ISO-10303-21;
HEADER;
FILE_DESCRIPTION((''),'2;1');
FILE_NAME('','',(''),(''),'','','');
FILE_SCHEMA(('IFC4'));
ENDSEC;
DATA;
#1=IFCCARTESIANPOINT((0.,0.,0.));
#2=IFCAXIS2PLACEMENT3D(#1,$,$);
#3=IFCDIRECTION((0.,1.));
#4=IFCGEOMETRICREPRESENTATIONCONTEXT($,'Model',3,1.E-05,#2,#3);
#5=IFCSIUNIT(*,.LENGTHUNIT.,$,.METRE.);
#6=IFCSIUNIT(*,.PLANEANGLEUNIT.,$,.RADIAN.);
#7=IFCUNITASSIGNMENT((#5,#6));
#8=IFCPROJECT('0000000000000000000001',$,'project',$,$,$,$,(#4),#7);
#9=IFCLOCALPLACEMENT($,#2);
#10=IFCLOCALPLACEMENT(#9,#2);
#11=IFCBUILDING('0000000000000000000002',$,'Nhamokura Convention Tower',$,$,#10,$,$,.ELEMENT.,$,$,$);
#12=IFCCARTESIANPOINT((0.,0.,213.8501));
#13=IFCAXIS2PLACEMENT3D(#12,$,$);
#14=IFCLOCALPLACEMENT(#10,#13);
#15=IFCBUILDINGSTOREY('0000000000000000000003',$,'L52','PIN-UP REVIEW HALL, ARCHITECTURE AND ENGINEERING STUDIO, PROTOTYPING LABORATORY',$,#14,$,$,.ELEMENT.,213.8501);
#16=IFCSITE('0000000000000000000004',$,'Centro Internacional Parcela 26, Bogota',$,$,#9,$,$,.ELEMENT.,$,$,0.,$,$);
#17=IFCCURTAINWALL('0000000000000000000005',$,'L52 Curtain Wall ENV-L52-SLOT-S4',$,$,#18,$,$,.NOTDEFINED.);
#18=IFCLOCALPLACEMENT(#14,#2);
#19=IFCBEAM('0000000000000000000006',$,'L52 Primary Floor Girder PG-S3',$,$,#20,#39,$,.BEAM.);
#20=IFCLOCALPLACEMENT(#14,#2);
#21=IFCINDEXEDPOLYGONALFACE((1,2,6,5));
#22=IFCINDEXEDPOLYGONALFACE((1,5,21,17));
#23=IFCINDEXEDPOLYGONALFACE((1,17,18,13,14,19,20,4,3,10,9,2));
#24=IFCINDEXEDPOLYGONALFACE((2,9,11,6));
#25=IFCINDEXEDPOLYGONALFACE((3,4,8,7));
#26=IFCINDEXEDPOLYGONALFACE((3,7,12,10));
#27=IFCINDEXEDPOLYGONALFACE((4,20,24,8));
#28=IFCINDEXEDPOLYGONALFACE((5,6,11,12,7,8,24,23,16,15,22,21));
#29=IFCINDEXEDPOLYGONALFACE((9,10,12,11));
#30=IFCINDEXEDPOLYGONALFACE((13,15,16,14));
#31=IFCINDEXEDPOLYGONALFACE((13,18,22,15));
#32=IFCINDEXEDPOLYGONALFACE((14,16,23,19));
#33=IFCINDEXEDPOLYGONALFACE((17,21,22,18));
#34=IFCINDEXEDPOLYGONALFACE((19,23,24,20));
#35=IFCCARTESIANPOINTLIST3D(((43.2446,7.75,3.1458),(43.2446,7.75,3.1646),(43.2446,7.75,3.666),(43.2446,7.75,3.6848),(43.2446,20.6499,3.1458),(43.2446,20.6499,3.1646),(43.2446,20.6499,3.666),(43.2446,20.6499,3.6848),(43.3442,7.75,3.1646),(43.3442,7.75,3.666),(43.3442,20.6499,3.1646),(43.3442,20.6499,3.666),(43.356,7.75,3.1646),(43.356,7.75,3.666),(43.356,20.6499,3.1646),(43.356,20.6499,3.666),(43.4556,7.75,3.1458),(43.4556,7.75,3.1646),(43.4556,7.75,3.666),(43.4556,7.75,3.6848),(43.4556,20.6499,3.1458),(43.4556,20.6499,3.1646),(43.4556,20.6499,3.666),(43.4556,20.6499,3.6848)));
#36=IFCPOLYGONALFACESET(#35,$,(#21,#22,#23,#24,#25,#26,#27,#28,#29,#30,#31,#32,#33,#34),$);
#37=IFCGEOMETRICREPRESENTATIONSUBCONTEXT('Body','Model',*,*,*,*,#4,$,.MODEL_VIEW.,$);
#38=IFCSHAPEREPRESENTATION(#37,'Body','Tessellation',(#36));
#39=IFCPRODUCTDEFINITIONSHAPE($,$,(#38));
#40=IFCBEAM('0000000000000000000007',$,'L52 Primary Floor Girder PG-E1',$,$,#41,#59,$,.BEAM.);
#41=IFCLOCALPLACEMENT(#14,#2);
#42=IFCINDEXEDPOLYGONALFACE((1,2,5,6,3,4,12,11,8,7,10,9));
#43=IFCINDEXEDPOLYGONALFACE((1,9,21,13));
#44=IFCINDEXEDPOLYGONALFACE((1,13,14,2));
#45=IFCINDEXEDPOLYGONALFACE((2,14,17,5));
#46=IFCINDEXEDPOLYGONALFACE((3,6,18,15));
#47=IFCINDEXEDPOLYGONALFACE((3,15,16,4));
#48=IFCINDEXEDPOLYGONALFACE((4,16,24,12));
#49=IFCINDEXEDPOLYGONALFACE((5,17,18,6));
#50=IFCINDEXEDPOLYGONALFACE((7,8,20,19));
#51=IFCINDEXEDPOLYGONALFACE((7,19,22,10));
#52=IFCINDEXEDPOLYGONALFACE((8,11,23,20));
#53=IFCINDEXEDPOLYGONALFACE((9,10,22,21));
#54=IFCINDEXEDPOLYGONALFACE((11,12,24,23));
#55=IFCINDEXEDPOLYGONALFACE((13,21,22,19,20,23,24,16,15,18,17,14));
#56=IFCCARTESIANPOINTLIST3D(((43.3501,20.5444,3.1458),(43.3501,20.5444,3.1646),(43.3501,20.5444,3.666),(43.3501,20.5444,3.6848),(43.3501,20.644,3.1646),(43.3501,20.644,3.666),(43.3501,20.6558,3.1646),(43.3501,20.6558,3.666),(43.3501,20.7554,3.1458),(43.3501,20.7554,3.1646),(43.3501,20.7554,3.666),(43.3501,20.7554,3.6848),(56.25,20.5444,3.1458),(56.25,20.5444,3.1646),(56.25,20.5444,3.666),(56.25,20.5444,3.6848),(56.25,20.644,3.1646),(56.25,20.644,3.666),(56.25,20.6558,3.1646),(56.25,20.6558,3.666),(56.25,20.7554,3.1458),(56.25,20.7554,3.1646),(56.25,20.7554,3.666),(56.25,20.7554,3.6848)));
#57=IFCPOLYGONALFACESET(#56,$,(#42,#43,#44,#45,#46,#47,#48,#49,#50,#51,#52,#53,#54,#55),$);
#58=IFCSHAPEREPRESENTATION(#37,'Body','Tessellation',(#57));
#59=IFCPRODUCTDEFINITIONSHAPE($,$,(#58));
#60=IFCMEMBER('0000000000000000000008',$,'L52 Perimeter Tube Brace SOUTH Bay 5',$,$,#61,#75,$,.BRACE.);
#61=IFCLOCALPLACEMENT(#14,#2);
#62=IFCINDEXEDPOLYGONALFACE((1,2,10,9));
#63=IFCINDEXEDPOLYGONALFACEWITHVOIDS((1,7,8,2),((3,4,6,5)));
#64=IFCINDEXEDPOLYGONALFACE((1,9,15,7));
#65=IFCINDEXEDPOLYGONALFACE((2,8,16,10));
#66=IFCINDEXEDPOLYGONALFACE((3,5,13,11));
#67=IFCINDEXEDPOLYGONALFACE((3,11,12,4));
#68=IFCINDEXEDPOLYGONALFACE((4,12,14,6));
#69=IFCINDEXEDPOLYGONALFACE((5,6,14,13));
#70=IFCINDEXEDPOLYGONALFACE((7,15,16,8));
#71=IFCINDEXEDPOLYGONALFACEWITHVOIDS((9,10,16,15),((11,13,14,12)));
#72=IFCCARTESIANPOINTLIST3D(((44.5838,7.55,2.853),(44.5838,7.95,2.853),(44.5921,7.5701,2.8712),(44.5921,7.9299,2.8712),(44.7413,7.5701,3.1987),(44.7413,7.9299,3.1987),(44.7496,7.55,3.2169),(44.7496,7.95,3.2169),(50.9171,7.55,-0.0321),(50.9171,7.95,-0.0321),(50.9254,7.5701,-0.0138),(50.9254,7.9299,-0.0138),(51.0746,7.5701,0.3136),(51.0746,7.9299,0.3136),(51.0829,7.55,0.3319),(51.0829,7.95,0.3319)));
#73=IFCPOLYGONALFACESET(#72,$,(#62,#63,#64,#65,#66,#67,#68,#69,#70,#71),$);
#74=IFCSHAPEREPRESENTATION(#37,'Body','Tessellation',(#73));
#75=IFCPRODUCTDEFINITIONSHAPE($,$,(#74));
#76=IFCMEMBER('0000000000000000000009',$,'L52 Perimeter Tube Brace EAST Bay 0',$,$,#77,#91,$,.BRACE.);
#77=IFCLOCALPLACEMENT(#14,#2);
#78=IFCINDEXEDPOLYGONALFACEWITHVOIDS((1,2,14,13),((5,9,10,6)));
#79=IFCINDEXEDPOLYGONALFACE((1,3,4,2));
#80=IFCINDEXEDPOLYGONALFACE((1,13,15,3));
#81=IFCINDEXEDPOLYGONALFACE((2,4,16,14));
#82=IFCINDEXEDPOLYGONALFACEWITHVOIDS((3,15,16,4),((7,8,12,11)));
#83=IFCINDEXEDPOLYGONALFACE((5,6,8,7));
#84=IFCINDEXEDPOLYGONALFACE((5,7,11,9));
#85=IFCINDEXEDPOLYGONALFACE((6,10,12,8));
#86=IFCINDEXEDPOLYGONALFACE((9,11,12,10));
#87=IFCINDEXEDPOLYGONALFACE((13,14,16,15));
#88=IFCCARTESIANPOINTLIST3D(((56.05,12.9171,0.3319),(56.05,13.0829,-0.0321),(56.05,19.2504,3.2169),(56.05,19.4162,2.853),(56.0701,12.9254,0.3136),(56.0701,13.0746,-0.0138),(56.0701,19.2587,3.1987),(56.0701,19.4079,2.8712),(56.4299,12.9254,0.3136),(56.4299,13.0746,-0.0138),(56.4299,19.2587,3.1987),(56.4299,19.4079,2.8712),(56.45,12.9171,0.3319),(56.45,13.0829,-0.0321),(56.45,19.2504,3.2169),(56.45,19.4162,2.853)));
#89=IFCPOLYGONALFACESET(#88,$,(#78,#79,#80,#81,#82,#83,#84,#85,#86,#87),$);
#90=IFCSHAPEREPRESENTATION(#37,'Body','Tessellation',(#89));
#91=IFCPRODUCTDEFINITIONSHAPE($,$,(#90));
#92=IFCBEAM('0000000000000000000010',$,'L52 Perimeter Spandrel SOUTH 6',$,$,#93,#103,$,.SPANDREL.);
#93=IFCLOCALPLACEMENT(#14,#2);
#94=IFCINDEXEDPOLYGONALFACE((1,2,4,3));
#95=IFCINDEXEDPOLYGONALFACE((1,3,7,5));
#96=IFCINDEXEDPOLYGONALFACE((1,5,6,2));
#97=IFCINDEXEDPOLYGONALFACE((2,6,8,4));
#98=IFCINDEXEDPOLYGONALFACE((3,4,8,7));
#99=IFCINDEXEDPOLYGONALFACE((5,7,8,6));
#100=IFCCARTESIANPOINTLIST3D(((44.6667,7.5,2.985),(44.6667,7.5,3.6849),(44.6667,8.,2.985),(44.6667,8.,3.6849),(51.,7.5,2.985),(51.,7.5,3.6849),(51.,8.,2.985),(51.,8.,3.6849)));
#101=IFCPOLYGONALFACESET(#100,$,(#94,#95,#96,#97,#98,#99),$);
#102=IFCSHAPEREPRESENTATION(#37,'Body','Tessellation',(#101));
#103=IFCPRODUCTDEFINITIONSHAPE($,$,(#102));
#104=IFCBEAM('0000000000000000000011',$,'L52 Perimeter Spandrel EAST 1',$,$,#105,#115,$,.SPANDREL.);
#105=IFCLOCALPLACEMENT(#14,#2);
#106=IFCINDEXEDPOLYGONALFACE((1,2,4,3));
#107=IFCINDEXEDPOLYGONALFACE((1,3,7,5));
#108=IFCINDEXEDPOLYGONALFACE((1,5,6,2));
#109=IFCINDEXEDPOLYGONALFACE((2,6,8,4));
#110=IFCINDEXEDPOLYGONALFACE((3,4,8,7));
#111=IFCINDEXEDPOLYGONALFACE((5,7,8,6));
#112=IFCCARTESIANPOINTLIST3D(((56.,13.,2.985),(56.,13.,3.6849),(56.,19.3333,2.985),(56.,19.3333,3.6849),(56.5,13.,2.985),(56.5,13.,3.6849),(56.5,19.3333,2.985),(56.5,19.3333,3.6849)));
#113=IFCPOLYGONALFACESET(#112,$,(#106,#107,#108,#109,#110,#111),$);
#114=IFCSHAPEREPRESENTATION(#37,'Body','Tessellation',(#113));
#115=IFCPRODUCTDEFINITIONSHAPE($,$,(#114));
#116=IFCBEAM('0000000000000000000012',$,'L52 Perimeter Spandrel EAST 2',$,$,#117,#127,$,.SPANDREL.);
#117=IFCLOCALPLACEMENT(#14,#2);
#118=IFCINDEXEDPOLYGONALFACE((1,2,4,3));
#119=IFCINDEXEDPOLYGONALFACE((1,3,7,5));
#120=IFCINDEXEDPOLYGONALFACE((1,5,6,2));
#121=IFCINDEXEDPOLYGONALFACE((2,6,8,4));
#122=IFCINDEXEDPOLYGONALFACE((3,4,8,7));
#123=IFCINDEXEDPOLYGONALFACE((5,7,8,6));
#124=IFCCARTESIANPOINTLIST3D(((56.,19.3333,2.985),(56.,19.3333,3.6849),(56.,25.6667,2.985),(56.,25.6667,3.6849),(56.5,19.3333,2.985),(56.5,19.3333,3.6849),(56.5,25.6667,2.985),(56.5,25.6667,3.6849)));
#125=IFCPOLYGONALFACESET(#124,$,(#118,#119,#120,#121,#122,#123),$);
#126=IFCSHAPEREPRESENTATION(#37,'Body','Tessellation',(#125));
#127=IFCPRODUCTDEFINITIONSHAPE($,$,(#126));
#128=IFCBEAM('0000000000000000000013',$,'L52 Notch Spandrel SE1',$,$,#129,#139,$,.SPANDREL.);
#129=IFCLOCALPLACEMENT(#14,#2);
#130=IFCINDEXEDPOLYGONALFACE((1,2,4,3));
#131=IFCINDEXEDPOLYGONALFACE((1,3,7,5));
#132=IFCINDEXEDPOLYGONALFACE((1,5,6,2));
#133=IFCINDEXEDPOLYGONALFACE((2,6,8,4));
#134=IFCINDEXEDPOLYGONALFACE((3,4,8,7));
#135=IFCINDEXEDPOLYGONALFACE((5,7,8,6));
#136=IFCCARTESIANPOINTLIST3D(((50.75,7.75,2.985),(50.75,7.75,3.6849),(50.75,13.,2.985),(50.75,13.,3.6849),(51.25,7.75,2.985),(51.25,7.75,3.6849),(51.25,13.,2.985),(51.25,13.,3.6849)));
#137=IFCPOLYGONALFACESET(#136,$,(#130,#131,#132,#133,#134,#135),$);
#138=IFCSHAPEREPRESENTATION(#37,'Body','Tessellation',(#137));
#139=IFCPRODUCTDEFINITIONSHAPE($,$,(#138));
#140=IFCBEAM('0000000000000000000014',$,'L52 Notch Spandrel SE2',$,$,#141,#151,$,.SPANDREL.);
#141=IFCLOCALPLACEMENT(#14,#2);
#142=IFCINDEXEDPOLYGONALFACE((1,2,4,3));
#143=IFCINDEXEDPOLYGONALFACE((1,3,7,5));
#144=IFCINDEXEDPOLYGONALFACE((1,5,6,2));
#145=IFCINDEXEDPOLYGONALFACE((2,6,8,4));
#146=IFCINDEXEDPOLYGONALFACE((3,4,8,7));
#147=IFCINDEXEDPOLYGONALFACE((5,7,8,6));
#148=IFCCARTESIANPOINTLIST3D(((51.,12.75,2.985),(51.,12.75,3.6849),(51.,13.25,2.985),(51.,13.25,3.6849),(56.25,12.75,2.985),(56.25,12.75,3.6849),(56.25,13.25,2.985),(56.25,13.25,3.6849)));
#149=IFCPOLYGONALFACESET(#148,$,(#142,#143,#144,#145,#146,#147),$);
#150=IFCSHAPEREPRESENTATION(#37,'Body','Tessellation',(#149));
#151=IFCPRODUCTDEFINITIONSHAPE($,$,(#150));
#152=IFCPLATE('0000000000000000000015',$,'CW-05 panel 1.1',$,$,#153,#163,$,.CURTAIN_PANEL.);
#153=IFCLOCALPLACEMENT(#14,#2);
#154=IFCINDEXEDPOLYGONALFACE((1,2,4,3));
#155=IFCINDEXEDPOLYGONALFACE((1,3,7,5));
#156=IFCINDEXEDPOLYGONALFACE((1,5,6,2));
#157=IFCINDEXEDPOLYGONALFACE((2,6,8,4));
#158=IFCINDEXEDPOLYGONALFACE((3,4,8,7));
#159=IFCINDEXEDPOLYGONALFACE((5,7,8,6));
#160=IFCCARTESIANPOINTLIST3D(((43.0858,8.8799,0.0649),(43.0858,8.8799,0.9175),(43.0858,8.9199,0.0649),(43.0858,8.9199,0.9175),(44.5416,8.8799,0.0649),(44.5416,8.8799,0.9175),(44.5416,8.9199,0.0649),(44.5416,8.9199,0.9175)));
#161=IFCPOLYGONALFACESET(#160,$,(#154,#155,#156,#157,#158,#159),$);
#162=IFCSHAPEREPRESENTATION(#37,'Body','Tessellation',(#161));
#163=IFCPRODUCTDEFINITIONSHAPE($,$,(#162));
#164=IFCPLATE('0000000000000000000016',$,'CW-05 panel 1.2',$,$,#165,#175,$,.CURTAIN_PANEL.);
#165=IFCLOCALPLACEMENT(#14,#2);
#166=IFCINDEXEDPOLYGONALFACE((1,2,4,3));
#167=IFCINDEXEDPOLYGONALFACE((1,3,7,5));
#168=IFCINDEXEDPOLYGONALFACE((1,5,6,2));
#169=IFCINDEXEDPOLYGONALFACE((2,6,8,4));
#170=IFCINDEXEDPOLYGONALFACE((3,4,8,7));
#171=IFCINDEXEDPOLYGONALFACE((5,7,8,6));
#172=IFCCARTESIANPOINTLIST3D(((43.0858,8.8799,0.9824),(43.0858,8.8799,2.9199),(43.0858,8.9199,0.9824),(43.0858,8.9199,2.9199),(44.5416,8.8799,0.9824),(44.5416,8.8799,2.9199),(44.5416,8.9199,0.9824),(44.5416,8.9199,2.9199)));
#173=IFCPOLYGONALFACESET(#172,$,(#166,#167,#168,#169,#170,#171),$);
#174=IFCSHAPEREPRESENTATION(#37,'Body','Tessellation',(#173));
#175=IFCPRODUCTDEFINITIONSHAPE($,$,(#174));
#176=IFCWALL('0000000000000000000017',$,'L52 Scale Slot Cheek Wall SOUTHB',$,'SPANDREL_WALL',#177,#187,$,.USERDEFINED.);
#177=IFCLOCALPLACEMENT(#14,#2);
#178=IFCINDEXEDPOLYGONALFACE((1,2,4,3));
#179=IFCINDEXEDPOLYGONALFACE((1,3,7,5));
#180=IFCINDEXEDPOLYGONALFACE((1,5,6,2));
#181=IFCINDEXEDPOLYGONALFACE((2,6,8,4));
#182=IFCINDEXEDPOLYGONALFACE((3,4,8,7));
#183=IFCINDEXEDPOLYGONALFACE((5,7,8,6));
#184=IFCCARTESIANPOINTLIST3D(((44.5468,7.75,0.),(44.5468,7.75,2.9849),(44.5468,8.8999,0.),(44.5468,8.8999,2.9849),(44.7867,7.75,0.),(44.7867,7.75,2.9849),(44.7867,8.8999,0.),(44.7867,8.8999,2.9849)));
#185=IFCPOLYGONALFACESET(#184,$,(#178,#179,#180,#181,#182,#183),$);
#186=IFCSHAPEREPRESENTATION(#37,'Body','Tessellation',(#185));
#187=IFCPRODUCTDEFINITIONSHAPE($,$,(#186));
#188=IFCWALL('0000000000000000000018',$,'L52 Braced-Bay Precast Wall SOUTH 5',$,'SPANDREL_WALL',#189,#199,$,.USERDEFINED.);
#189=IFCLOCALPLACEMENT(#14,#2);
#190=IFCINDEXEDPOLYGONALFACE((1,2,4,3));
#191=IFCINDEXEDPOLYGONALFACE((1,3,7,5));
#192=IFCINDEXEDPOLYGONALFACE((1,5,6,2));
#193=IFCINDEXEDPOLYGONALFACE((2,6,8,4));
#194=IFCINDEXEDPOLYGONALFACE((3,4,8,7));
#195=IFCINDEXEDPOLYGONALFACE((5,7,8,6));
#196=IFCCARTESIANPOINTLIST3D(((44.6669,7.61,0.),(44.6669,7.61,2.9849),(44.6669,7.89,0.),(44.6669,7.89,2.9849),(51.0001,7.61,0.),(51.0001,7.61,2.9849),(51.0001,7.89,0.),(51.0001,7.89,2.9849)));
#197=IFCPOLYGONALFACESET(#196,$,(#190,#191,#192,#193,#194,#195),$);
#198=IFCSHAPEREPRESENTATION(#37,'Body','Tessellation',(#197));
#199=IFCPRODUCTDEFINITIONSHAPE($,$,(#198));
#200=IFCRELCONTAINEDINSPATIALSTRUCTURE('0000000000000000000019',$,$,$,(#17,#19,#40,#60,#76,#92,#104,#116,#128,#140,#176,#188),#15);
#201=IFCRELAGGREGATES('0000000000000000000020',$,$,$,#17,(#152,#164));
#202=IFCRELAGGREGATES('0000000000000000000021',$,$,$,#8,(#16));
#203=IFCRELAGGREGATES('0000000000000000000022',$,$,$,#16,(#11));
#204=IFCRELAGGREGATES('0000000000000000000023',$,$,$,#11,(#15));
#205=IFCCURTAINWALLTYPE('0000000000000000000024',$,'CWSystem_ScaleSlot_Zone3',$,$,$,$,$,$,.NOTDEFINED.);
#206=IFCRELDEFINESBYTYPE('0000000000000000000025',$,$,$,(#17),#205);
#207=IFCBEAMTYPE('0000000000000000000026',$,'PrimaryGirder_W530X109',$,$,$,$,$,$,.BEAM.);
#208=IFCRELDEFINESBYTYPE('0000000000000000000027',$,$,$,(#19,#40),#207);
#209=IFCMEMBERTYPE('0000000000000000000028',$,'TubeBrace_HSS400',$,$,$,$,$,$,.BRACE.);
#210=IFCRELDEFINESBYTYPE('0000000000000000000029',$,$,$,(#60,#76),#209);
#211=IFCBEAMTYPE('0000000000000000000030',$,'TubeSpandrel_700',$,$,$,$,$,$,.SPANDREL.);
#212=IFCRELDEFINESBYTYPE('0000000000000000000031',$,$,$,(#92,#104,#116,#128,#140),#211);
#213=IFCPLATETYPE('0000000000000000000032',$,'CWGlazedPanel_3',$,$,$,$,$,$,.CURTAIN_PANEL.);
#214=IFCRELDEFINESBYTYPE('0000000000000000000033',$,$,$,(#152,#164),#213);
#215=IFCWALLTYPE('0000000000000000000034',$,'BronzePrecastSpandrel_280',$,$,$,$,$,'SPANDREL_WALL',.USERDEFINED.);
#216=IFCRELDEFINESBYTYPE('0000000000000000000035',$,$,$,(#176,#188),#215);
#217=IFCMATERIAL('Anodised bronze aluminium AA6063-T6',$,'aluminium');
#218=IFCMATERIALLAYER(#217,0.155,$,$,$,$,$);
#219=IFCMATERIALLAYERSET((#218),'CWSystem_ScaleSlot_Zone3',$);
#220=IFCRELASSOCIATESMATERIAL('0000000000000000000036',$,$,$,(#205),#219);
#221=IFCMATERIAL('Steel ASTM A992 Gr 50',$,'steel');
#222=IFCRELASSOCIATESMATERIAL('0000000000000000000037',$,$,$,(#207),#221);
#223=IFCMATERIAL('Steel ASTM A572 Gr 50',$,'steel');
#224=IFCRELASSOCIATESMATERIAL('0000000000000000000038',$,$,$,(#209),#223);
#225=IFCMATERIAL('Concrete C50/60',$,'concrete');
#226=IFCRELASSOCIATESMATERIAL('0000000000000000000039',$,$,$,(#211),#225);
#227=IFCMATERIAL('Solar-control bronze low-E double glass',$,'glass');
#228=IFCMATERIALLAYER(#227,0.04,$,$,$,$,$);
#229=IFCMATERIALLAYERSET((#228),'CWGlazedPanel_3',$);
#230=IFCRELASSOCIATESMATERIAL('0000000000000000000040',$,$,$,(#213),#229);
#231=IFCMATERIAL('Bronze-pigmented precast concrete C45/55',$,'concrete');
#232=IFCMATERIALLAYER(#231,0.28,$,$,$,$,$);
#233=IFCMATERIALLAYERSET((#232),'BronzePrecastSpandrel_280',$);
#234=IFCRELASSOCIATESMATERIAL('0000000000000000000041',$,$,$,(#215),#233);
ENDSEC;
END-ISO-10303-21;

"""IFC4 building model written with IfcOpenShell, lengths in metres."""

from ifc_helpers import new_model, si_unit, direction, frame, frame_2d, origin, origin_2d, place, context, subcontext, project, spatial, rectangle, hollow_rectangle, i_section, extrude, material, layer, layer_set, material_profile, profile_set, type_object, element, aggregate, save


model = new_model("IFC4")

# Units and contexts
model_context = context("Model", 3, precision=1e-05, world=origin(), true_north=direction((0.0, 1.0)))
body_context = subcontext(model_context, "Body", "Model", "MODEL_VIEW")
ifc_project = project(units=[si_unit("LENGTHUNIT", "METRE"), si_unit("PLANEANGLEUNIT", "RADIAN")], contexts=[model_context])

# Site, building, storey
site_placement = place(None, origin())
site = spatial("IfcSite", under=ifc_project, at=site_placement, Name="Centro Internacional Parcela 26, Bogota", CompositionType="ELEMENT", RefElevation=0.0)
building_placement = place(site_placement, origin())
building = spatial("IfcBuilding", under=site, at=building_placement, Name="Nhamokura Convention Tower", CompositionType="ELEMENT")
storey_placement = place(building_placement, frame((0.0, 0.0, 213.8501)))
storey = spatial("IfcBuildingStorey", under=building, at=storey_placement, Name="L52", Description="PIN-UP REVIEW HALL, ARCHITECTURE AND ENGINEERING STUDIO, PROTOTYPING LABORATORY", CompositionType="ELEMENT", Elevation=213.8501)

# Curtain wall
ifc_material_1 = material(Name="Anodised bronze aluminium AA6063-T6", Category="aluminium")
ifc_layer_1 = layer(ifc_material_1, 0.155)
ifc_layer_set_1 = layer_set([ifc_layer_1], Name="CWSystem_ScaleSlot_Zone3")
curtain_wall_type = type_object("IfcCurtainWallType", Name="CWSystem_ScaleSlot_Zone3", PredefinedType="NOTDEFINED", material=ifc_layer_set_1)
curtain_wall_placement = place(storey_placement, origin())
curtain_wall = element("IfcCurtainWall", 1, at=curtain_wall_placement, inside=storey, type_object=curtain_wall_type, Name="L52 Curtain Wall ENV-L52-SLOT-S4", PredefinedType="NOTDEFINED")

# Beams
ifc_material_2 = material(Name="Steel ASTM A992 Gr 50", Category="steel")
ifc_material_profile_1 = material_profile(ifc_material_2, i_section(OverallWidth=0.2109, OverallDepth=0.5391, WebThickness=0.0117, FlangeThickness=0.0188, at=origin_2d()))
ifc_profile_set_1 = profile_set([ifc_material_profile_1], Name="Steel ASTM A992 Gr 50")
beam_type_1 = type_object("IfcBeamType", Name="PrimaryGirder_W530X109", PredefinedType="BEAM", material=ifc_profile_set_1)
for number, where, z_axis, x_axis, name in (
    (2, (43.3501, 7.75, 3.4153), (0.0, 1.0, 0.0), (-1.0, 0.0, 0.0), "L52 Primary Floor Girder PG-S3"),
    (3, (43.3501, 20.6499, 3.4153), (1.0, 0.0, 0.0), (0.0, 1.0, 0.0), "L52 Primary Floor Girder PG-E1"),
):
    element("IfcBeam", number, at=place(storey_placement, frame(where, z_axis=z_axis, x_axis=x_axis)), inside=storey, type_object=beam_type_1, Name=name, PredefinedType="BEAM", context=body_context, shape_type="SweptSolid", body=[
        extrude(i_section(OverallWidth=0.2109, OverallDepth=0.5391, WebThickness=0.0117, FlangeThickness=0.0188, at=origin_2d()), origin(), (0.0, 0.0, 1.0), 12.8999),
    ])

# Members
ifc_material_3 = material(Name="Steel ASTM A572 Gr 50", Category="steel")
ifc_material_profile_2 = material_profile(ifc_material_3, hollow_rectangle(XDim=0.3999, YDim=0.3999, WallThickness=0.02, at=origin_2d()))
ifc_profile_set_2 = profile_set([ifc_material_profile_2], Name="Steel ASTM A572 Gr 50")
member_type_1 = type_object("IfcMemberType", Name="TubeBrace_HSS400", PredefinedType="BRACE", material=ifc_profile_set_2)
for number, where, z_axis, x_axis, name in (
    (4, (51.0, 7.75, 0.1499), (-0.910027, 0.0, 0.414548), (0.0, -1.0, 0.0), "L52 Perimeter Tube Brace SOUTH Bay 5"),
    (5, (56.25, 13.0, 0.1499), (0.0, 0.910027, 0.414548), (-1.0, 0.0, 0.0), "L52 Perimeter Tube Brace EAST Bay 0"),
):
    element("IfcMember", number, at=place(storey_placement, frame(where, z_axis=z_axis, x_axis=x_axis)), inside=storey, type_object=member_type_1, Name=name, PredefinedType="BRACE", context=body_context, shape_type="SweptSolid", body=[
        extrude(hollow_rectangle(XDim=0.3999, YDim=0.3999, WallThickness=0.02, at=origin_2d()), origin(), (0.0, 0.0, 1.0), 6.9595),
    ])

# Beams
ifc_material_4 = material(Name="Concrete C50/60", Category="concrete")
ifc_material_profile_3 = material_profile(ifc_material_4, rectangle(XDim=0.5, YDim=0.7, at=origin_2d()))
ifc_profile_set_3 = profile_set([ifc_material_profile_3], Name="Concrete C50/60")
beam_type_2 = type_object("IfcBeamType", Name="TubeSpandrel_700", PredefinedType="SPANDREL", material=ifc_profile_set_3)
for number, where, z_axis, x_axis, name in (
    (6, (44.6667, 7.75, 3.335), (1.0, 0.0, 0.0), (0.0, 1.0, 0.0), "L52 Perimeter Spandrel SOUTH 6"),
    (7, (56.25, 13.0, 3.335), (0.0, 1.0, 0.0), (-1.0, 0.0, 0.0), "L52 Perimeter Spandrel EAST 1"),
):
    element("IfcBeam", number, at=place(storey_placement, frame(where, z_axis=z_axis, x_axis=x_axis)), inside=storey, type_object=beam_type_2, Name=name, PredefinedType="SPANDREL", context=body_context, shape_type="SweptSolid", body=[
        extrude(rectangle(XDim=0.5, YDim=0.7, at=origin_2d()), origin(), (0.0, 0.0, 1.0), 6.3333),
    ])
beam_placement = place(storey_placement, frame((56.25, 19.3333, 3.335), z_axis=(0.0, 1.0, 0.0), x_axis=(-1.0, 0.0, 0.0)))
element("IfcBeam", 8, at=beam_placement, inside=storey, type_object=beam_type_2, Name="L52 Perimeter Spandrel EAST 2", PredefinedType="SPANDREL", context=body_context, shape_type="SweptSolid", body=[
    extrude(rectangle(XDim=0.5, YDim=0.7, at=origin_2d()), origin(), (0.0, 0.0, 1.0), 6.3335),
])
for number, where, z_axis, x_axis, name in (
    (9, (51.0, 7.75, 3.335), (0.0, 1.0, 0.0), (-1.0, 0.0, 0.0), "L52 Notch Spandrel SE1"),
    (10, (51.0, 13.0, 3.335), (1.0, 0.0, 0.0), (0.0, 1.0, 0.0), "L52 Notch Spandrel SE2"),
):
    element("IfcBeam", number, at=place(storey_placement, frame(where, z_axis=z_axis, x_axis=x_axis)), inside=storey, type_object=beam_type_2, Name=name, PredefinedType="SPANDREL", context=body_context, shape_type="SweptSolid", body=[
        extrude(rectangle(XDim=0.5, YDim=0.7, at=origin_2d()), origin(), (0.0, 0.0, 1.0), 5.25),
    ])

# Plates
ifc_material_5 = material(Name="Solar-control bronze low-E double glass", Category="glass")
ifc_layer_2 = layer(ifc_material_5, 0.04)
ifc_layer_set_2 = layer_set([ifc_layer_2], Name="CWGlazedPanel_3")
plate_type = type_object("IfcPlateType", Name="CWGlazedPanel_3", PredefinedType="CURTAIN_PANEL", material=ifc_layer_set_2)
plate_1_placement = place(storey_placement, frame((43.8137, 8.8999, 0.0649), z_axis=(0.0, 0.0, 1.0), x_axis=(-1.0, 0.0, 0.0)))
plate_1 = element("IfcPlate", 11, at=plate_1_placement, type_object=plate_type, Name="CW-05 panel 1.1", PredefinedType="CURTAIN_PANEL", context=body_context, shape_type="SweptSolid", body=[
    extrude(rectangle(XDim=1.4558, YDim=0.04, at=origin_2d()), origin(), (0.0, 0.0, 1.0), 0.8525),
])
plate_2_placement = place(storey_placement, frame((43.8137, 8.8999, 0.9824), z_axis=(0.0, 0.0, 1.0), x_axis=(-1.0, 0.0, 0.0)))
plate_2 = element("IfcPlate", 12, at=plate_2_placement, type_object=plate_type, Name="CW-05 panel 1.2", PredefinedType="CURTAIN_PANEL", context=body_context, shape_type="SweptSolid", body=[
    extrude(rectangle(XDim=1.4558, YDim=0.04, at=origin_2d()), origin(), (0.0, 0.0, 1.0), 1.9375),
])
aggregate(curtain_wall, [plate_1, plate_2])

# Walls
ifc_material_6 = material(Name="Bronze-pigmented precast concrete C45/55", Category="concrete")
ifc_layer_3 = layer(ifc_material_6, 0.28)
ifc_layer_set_3 = layer_set([ifc_layer_3], Name="BronzePrecastSpandrel_280")
wall_type_1 = type_object("IfcWallType", Name="BronzePrecastSpandrel_280", ElementType="SPANDREL_WALL", PredefinedType="USERDEFINED", material=ifc_layer_set_3)
wall_1_placement = place(storey_placement, frame((44.6667, 7.75, 0.0), z_axis=(0.0, 0.0, 1.0), x_axis=(0.0, 1.0, 0.0)))
element("IfcWall", 13, at=wall_1_placement, inside=storey, type_object=wall_type_1, Name="L52 Scale Slot Cheek Wall SOUTHB", ObjectType="SPANDREL_WALL", PredefinedType="USERDEFINED", context=body_context, shape_type="SweptSolid", body=[
    extrude(rectangle(XDim=1.1499, YDim=0.24, at=frame_2d((0.575, 0.0))), origin(), (0.0, 0.0, 1.0), 2.9849),
])
for number, where, z_axis, x_axis, name in (
    (14, (51.0, 7.75, 0.0), (0.0, 0.0, 1.0), (-1.0, 0.0, 0.0), "L52 Braced-Bay Precast Wall SOUTH 5"),
):
    element("IfcWall", number, at=place(storey_placement, frame(where, z_axis=z_axis, x_axis=x_axis)), inside=storey, type_object=wall_type_1, Name=name, ObjectType="SPANDREL_WALL", PredefinedType="USERDEFINED", context=body_context, shape_type="SweptSolid", body=[
        extrude(rectangle(XDim=6.3333, YDim=0.28, at=frame_2d((3.1665, 0.0))), origin(), (0.0, 0.0, 1.0), 2.9849),
    ])

save(model, "model.ifc")
